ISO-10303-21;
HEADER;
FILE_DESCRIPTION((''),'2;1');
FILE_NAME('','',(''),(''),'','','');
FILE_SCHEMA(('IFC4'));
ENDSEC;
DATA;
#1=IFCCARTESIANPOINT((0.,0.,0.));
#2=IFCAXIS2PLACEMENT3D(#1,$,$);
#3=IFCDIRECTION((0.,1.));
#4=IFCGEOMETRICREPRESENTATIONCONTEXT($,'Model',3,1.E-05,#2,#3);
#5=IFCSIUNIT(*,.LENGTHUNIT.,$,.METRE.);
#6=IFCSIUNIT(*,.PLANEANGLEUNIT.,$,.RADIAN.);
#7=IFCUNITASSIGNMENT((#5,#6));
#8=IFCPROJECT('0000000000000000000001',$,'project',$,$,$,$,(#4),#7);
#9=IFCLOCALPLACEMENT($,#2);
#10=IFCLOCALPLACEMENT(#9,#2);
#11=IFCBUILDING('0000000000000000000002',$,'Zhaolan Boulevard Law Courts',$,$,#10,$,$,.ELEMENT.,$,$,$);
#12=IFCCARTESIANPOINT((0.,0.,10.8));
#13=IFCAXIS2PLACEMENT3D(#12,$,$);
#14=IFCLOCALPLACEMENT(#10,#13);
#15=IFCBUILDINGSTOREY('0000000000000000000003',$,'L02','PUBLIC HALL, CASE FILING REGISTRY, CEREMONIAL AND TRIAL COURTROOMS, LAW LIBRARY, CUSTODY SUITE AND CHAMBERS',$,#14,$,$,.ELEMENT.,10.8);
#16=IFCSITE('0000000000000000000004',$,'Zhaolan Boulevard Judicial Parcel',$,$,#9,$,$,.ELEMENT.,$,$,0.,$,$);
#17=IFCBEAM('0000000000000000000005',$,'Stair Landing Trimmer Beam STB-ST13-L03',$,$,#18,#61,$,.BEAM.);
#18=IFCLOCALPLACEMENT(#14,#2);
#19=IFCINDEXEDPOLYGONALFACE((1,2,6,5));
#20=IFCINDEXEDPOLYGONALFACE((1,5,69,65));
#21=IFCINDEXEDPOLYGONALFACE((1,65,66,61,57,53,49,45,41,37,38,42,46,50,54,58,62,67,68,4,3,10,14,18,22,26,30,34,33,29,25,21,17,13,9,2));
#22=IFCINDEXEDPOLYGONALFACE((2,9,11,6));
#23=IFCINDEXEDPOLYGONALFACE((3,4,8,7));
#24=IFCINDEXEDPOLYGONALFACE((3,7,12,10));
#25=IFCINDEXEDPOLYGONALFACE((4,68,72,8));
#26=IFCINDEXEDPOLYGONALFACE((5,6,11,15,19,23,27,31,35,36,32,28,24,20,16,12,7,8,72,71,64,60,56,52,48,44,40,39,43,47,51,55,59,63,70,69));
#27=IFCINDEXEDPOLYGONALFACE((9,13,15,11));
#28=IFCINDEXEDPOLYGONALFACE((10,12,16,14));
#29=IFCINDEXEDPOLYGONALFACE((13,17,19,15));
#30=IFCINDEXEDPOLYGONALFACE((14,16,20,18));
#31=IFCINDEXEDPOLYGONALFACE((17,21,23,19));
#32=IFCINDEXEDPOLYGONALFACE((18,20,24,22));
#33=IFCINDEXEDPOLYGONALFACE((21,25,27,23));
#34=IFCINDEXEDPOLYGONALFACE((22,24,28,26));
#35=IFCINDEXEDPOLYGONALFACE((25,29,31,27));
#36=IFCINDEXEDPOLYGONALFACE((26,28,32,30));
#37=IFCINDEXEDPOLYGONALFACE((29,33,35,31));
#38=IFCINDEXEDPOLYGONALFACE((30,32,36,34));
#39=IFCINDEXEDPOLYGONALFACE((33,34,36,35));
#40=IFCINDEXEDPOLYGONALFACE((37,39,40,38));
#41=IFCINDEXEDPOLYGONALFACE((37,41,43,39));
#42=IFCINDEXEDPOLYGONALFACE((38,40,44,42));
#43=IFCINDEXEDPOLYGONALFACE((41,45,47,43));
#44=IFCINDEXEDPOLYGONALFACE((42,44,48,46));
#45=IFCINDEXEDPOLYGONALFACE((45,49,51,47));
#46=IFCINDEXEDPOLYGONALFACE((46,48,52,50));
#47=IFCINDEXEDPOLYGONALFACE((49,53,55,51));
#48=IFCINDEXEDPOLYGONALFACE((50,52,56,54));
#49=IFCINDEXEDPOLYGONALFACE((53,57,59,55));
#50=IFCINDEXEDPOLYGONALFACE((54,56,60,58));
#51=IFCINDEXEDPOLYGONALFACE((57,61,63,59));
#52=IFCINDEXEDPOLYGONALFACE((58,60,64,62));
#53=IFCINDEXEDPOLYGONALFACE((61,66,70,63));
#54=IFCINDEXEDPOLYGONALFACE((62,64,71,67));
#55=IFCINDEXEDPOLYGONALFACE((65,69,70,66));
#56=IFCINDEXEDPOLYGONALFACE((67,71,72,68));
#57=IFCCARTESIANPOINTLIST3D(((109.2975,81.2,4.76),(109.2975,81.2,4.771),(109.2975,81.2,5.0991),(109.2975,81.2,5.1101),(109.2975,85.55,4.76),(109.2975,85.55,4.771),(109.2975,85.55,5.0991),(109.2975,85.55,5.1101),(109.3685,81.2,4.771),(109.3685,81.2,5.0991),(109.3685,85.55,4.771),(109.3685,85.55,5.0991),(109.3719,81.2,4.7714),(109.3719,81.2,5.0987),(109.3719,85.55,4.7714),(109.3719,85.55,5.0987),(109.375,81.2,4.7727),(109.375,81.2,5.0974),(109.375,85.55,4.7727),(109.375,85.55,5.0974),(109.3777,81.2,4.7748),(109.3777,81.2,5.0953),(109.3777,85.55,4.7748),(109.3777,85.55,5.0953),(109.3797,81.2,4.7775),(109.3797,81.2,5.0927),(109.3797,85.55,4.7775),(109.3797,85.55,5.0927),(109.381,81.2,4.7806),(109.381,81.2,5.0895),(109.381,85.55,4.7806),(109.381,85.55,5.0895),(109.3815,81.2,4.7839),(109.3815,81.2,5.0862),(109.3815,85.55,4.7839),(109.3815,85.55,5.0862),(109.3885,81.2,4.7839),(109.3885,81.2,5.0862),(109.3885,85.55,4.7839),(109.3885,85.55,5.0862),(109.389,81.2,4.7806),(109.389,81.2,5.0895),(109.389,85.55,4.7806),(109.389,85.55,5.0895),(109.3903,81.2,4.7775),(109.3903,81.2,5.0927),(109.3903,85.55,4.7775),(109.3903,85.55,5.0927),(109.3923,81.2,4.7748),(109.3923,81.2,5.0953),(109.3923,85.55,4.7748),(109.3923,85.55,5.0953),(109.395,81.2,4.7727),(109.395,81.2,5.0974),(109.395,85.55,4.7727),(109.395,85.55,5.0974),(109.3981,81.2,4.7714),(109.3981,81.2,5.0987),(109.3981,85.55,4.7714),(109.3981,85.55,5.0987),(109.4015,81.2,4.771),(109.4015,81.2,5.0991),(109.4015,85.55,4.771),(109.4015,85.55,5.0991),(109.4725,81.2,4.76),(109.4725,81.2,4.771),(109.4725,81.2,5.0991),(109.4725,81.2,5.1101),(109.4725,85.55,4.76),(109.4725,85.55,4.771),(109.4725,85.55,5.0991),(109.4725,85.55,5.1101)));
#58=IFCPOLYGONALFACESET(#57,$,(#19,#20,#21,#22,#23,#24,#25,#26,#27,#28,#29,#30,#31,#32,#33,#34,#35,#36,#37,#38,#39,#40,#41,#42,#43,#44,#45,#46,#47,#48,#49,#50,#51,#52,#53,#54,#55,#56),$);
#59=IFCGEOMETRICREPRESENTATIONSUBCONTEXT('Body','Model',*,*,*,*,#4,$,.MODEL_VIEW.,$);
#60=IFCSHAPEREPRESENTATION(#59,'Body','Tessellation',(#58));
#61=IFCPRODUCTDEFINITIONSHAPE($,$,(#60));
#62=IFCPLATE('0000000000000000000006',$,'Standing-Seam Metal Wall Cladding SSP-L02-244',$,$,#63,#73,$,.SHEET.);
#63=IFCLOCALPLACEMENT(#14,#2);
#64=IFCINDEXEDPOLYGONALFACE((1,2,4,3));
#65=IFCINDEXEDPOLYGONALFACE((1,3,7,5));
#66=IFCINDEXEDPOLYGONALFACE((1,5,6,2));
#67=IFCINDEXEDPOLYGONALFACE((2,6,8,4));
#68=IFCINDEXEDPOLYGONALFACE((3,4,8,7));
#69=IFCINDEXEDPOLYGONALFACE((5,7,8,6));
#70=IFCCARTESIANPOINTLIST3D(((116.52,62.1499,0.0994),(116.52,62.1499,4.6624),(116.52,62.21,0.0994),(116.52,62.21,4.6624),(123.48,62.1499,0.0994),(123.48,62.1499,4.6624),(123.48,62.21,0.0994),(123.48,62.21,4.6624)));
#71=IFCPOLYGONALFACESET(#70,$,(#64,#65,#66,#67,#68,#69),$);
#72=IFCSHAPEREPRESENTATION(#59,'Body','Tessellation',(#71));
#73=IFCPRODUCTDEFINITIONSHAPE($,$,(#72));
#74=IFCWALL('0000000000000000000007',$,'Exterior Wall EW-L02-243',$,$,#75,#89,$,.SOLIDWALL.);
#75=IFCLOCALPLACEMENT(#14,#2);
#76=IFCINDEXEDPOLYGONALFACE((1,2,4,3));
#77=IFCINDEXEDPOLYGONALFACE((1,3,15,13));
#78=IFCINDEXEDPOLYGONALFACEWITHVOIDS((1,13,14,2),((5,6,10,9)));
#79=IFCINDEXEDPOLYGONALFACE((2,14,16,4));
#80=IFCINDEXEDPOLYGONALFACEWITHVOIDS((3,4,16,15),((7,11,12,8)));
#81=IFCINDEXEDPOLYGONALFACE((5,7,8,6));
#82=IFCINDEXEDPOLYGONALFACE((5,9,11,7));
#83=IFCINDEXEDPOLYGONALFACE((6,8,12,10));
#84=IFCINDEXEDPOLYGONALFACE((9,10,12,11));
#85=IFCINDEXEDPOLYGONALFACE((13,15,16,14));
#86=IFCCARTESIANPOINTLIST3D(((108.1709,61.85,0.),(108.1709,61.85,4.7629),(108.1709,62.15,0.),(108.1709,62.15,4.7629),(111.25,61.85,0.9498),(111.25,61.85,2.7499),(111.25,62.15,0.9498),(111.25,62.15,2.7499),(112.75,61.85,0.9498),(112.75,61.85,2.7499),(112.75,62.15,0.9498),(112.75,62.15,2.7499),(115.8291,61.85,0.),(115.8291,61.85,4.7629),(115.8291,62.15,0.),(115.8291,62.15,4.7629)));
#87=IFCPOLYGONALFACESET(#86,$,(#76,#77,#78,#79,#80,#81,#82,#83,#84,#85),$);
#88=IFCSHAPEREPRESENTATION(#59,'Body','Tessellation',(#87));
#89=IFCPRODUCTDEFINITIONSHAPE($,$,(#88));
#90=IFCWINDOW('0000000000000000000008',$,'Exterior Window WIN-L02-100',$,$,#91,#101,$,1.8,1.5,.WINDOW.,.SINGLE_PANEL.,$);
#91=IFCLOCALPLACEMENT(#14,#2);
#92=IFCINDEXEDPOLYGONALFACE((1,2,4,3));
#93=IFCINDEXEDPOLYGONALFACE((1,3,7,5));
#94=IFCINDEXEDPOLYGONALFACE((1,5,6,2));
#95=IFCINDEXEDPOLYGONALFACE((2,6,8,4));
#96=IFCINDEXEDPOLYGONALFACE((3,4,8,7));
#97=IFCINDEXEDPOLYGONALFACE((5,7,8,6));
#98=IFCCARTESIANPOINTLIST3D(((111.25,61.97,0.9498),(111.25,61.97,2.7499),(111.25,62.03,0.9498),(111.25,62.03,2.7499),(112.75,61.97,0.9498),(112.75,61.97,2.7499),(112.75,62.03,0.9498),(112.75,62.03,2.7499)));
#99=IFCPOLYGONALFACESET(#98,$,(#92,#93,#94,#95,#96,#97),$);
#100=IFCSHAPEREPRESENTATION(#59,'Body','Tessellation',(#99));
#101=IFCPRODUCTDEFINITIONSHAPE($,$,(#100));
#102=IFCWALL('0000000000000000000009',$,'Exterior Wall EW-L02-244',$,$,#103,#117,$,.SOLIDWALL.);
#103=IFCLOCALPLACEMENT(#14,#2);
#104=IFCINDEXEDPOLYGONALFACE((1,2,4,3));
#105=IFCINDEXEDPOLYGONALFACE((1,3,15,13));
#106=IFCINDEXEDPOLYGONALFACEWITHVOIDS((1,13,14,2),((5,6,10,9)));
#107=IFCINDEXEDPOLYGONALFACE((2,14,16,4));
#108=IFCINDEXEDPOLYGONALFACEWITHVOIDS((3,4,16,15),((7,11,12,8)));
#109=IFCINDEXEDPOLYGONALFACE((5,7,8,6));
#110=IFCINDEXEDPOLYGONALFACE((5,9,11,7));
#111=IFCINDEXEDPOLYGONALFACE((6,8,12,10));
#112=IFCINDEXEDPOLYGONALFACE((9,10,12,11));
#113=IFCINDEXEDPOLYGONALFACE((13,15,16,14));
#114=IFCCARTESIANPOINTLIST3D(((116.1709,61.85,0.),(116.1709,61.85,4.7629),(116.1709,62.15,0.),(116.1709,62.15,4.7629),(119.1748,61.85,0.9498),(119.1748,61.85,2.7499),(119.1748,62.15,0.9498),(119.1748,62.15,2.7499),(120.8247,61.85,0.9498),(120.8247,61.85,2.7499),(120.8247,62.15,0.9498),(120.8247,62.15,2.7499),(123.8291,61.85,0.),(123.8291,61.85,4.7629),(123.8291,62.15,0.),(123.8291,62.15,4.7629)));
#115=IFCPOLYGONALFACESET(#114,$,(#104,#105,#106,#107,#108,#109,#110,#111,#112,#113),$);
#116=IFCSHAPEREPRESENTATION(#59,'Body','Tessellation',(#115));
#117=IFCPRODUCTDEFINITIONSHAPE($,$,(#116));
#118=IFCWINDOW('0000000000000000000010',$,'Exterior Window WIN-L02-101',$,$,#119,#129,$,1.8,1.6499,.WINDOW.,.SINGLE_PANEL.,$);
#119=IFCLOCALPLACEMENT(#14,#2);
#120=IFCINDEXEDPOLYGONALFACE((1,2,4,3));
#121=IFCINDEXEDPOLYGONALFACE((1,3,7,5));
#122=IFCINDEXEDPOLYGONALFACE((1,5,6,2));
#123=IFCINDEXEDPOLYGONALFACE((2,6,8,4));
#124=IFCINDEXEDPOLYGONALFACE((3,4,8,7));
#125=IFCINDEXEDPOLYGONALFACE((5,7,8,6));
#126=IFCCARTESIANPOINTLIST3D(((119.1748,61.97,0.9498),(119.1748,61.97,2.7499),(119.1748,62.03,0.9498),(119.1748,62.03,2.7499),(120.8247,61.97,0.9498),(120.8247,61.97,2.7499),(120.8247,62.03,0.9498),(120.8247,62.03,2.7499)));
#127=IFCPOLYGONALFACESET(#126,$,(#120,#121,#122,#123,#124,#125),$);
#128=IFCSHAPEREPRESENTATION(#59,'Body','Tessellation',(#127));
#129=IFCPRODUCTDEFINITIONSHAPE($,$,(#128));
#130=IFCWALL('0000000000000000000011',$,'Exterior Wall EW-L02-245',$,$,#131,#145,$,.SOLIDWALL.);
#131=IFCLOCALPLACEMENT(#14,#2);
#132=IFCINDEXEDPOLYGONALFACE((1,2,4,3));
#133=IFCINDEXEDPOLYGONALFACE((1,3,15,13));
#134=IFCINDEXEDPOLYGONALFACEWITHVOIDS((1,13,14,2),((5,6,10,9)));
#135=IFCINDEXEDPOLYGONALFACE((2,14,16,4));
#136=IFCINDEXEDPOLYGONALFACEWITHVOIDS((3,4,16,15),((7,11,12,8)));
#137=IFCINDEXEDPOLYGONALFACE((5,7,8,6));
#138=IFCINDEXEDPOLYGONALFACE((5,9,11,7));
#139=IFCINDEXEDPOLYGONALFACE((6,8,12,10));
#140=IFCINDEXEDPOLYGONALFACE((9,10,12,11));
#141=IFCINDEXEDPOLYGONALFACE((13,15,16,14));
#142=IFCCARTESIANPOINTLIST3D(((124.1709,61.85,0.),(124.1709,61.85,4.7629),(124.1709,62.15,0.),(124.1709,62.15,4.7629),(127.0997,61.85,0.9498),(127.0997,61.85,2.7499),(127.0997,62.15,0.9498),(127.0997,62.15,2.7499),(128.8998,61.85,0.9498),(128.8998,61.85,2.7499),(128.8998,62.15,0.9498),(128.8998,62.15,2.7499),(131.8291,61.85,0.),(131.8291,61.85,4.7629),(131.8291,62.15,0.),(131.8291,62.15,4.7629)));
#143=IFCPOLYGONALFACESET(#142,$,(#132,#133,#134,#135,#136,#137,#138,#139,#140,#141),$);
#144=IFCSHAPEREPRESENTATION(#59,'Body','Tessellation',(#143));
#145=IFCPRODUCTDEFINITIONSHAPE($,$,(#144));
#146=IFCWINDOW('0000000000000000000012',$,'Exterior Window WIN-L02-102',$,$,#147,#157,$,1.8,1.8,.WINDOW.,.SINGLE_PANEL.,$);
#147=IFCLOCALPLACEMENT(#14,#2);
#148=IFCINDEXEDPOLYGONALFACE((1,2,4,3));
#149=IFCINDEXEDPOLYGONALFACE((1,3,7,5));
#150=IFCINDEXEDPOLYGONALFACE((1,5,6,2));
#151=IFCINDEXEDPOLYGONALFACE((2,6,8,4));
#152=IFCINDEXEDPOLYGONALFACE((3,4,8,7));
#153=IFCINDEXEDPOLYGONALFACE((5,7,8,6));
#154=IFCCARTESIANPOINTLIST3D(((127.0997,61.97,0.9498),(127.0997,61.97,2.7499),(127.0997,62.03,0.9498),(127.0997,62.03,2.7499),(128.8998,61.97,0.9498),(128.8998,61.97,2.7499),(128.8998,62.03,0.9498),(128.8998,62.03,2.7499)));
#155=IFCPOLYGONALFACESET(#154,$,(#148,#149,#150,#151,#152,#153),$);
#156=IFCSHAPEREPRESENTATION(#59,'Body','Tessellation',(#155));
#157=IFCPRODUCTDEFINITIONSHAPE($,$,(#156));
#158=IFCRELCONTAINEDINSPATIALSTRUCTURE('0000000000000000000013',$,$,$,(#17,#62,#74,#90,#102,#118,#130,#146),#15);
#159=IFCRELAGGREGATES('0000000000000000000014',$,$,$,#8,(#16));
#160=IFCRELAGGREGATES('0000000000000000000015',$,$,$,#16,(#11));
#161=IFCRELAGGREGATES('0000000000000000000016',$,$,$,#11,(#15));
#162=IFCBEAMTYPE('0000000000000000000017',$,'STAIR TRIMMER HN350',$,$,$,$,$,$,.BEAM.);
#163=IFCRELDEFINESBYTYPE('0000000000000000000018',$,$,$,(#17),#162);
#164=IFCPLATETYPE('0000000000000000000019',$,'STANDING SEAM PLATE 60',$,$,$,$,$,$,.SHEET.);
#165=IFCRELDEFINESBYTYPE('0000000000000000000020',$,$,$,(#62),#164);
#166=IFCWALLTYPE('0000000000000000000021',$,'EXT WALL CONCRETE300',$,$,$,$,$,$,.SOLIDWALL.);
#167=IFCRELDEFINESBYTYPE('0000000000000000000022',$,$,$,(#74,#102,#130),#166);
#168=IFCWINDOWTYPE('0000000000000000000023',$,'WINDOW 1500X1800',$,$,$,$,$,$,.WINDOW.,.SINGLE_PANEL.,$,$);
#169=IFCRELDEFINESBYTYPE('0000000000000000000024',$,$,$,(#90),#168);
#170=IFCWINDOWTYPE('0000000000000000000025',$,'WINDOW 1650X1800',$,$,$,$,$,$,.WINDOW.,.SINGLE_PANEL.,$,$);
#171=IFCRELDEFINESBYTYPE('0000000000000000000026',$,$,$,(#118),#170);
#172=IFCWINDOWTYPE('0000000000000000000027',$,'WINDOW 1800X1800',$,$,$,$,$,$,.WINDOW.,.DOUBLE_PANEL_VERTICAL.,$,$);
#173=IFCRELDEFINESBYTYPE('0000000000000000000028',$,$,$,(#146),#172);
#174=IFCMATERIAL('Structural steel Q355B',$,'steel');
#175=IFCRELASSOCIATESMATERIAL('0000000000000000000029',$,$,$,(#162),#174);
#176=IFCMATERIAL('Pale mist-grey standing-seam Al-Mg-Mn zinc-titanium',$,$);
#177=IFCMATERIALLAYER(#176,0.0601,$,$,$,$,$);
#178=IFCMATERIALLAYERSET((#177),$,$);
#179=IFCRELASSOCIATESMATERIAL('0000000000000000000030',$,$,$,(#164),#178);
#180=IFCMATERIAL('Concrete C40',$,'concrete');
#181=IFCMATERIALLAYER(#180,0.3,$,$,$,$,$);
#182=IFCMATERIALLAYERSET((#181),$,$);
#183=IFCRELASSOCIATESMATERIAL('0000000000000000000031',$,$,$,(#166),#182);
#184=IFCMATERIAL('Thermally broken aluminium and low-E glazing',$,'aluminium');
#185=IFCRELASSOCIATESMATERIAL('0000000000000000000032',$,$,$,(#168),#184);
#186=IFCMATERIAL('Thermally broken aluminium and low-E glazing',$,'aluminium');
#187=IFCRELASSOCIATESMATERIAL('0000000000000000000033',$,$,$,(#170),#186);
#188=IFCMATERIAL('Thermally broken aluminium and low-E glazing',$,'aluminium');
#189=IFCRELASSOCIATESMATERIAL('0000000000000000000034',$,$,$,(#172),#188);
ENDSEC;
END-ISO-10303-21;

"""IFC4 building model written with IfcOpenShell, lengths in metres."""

from ifc_helpers import new_model, si_unit, direction, frame, frame_2d, origin, origin_2d, place, context, subcontext, project, spatial, rectangle, i_section, extrude, material, layer, layer_set, material_profile, profile_set, type_object, element, fill, save


model = new_model("IFC4")

# Units and contexts
model_context = context("Model", 3, precision=1e-05, world=origin(), true_north=direction((0.0, 1.0)))
body_context = subcontext(model_context, "Body", "Model", "MODEL_VIEW")
ifc_project = project(units=[si_unit("LENGTHUNIT", "METRE"), si_unit("PLANEANGLEUNIT", "RADIAN")], contexts=[model_context])

# Site, building, storey
site_placement = place(None, origin())
site = spatial("IfcSite", under=ifc_project, at=site_placement, Name="Zhaolan Boulevard Judicial Parcel", CompositionType="ELEMENT", RefElevation=0.0)
building_placement = place(site_placement, origin())
building = spatial("IfcBuilding", under=site, at=building_placement, Name="Zhaolan Boulevard Law Courts", CompositionType="ELEMENT")
storey_placement = place(building_placement, frame((0.0, 0.0, 10.8)))
storey = spatial("IfcBuildingStorey", under=building, at=storey_placement, Name="L02", Description="PUBLIC HALL, CASE FILING REGISTRY, CEREMONIAL AND TRIAL COURTROOMS, LAW LIBRARY, CUSTODY SUITE AND CHAMBERS", CompositionType="ELEMENT", Elevation=10.8)

# Beam
ifc_material_1 = material(Name="Structural steel Q355B", Category="steel")
ifc_material_profile_1 = material_profile(ifc_material_1, i_section(OverallWidth=0.175, OverallDepth=0.3501, WebThickness=0.0071, FlangeThickness=0.011, FilletRadius=0.0129, at=origin_2d()), Name="HN350x175")
ifc_profile_set_1 = profile_set([ifc_material_profile_1], Name="Structural steel Q355B")
beam_type_1 = type_object("IfcBeamType", Name="STAIR TRIMMER HN350", PredefinedType="BEAM", material=ifc_profile_set_1)
beam_1_placement = place(storey_placement, frame((109.385, 81.2, 4.9351), z_axis=(0.0, 1.0, 0.0), x_axis=(-1.0, 0.0, 0.0)))
element("IfcBeam", 1, at=beam_1_placement, inside=storey, type_object=beam_type_1, Name="Stair Landing Trimmer Beam STB-ST13-L03", PredefinedType="BEAM", context=body_context, shape_type="SweptSolid", body=[
    extrude(i_section(OverallWidth=0.175, OverallDepth=0.3501, WebThickness=0.0071, FlangeThickness=0.011, FilletRadius=0.0129, at=origin_2d()), origin(), (0.0, 0.0, 1.0), 4.3501),
])

# Plate
ifc_material_2 = material(Name="Pale mist-grey standing-seam Al-Mg-Mn zinc-titanium")
ifc_layer_1 = layer(ifc_material_2, 0.0601)
ifc_layer_set_1 = layer_set([ifc_layer_1])
plate_type = type_object("IfcPlateType", Name="STANDING SEAM PLATE 60", PredefinedType="SHEET", material=ifc_layer_set_1)
plate_placement = place(storey_placement, frame((120.0, 62.1799, 0.0994), z_axis=(0.0, 0.0, 1.0), x_axis=(1.0, 0.0, 0.0)))
element("IfcPlate", 2, at=plate_placement, inside=storey, type_object=plate_type, Name="Standing-Seam Metal Wall Cladding SSP-L02-244", PredefinedType="SHEET", context=body_context, shape_type="SweptSolid", body=[
    extrude(rectangle(XDim=6.96, YDim=0.0601, at=origin_2d()), origin(), (0.0, 0.0, 1.0), 4.563),
])

# Walls, openings, windows
ifc_material_3 = material(Name="Concrete C40", Category="concrete")
ifc_layer_2 = layer(ifc_material_3, 0.3)
ifc_layer_set_2 = layer_set([ifc_layer_2])
wall_type_1 = type_object("IfcWallType", Name="EXT WALL CONCRETE300", PredefinedType="SOLIDWALL", material=ifc_layer_set_2)
wall_1_placement = place(storey_placement, frame((108.1709, 62.0, 0.0), z_axis=(0.0, 0.0, 1.0), x_axis=(1.0, 0.0, 0.0)))
wall_1 = element("IfcWall", 3, at=wall_1_placement, inside=storey, type_object=wall_type_1, Name="Exterior Wall EW-L02-243", PredefinedType="SOLIDWALL", context=body_context, shape_type="SweptSolid", body=[
    extrude(rectangle(XDim=7.6582, YDim=0.3, at=frame_2d((3.8291, 0.0))), origin(), (0.0, 0.0, 1.0), 4.7629),
])
opening_1_placement = place(wall_1_placement, frame((3.0791, 0.0, 0.95)))
opening_1 = element("IfcOpeningElement", 4, at=opening_1_placement, cuts=wall_1, PredefinedType="OPENING", context=body_context, shape_type="SweptSolid", body=[
    extrude(rectangle(XDim=1.5, YDim=1.8, at=frame_2d((0.75, 0.8999))), frame((0.0, 0.1599, 0.0), z_axis=(0.0, -1.0, 0.0), x_axis=(1.0, 0.0, 0.0)), (0.0, 0.0, 1.0), 0.3201),
])
ifc_material_4 = material(Name="Thermally broken aluminium and low-E glazing", Category="aluminium")
window_type_1 = type_object("IfcWindowType", Name="WINDOW 1500X1800", PartitioningType="SINGLE_PANEL", PredefinedType="WINDOW", material=ifc_material_4)
window_1_placement = place(opening_1_placement, origin())
window_1 = element("IfcWindow", 5, at=window_1_placement, inside=storey, type_object=window_type_1, Name="Exterior Window WIN-L02-100", OverallHeight=1.8, OverallWidth=1.5, PartitioningType="SINGLE_PANEL", PredefinedType="WINDOW", context=body_context, shape_type="SweptSolid", body=[
    extrude(rectangle(XDim=1.5, YDim=1.8, at=frame_2d((0.75, 0.8999))), frame((0.0, 0.03, 0.0), z_axis=(0.0, -1.0, 0.0), x_axis=(1.0, 0.0, 0.0)), (0.0, 0.0, 1.0), 0.0601),
])
fill(opening_1, window_1)
wall_2_placement = place(storey_placement, frame((116.1709, 62.0, 0.0), z_axis=(0.0, 0.0, 1.0), x_axis=(1.0, 0.0, 0.0)))
wall_2 = element("IfcWall", 6, at=wall_2_placement, inside=storey, type_object=wall_type_1, Name="Exterior Wall EW-L02-244", PredefinedType="SOLIDWALL", context=body_context, shape_type="SweptSolid", body=[
    extrude(rectangle(XDim=7.6582, YDim=0.3, at=frame_2d((3.8291, 0.0))), origin(), (0.0, 0.0, 1.0), 4.7629),
])
opening_2_placement = place(wall_2_placement, frame((3.0039, 0.0, 0.95)))
opening_2 = element("IfcOpeningElement", 7, at=opening_2_placement, cuts=wall_2, PredefinedType="OPENING", context=body_context, shape_type="SweptSolid", body=[
    extrude(rectangle(XDim=1.6499, YDim=1.8, at=frame_2d((0.825, 0.8999))), frame((0.0, 0.1599, 0.0), z_axis=(0.0, -1.0, 0.0), x_axis=(1.0, 0.0, 0.0)), (0.0, 0.0, 1.0), 0.3201),
])
ifc_material_5 = material(Name="Thermally broken aluminium and low-E glazing", Category="aluminium")
window_type_2 = type_object("IfcWindowType", Name="WINDOW 1650X1800", PartitioningType="SINGLE_PANEL", PredefinedType="WINDOW", material=ifc_material_5)
window_2_placement = place(opening_2_placement, origin())
window_2 = element("IfcWindow", 8, at=window_2_placement, inside=storey, type_object=window_type_2, Name="Exterior Window WIN-L02-101", OverallHeight=1.8, OverallWidth=1.6499, PartitioningType="SINGLE_PANEL", PredefinedType="WINDOW", context=body_context, shape_type="SweptSolid", body=[
    extrude(rectangle(XDim=1.6499, YDim=1.8, at=frame_2d((0.825, 0.8999))), frame((0.0, 0.03, 0.0), z_axis=(0.0, -1.0, 0.0), x_axis=(1.0, 0.0, 0.0)), (0.0, 0.0, 1.0), 0.0601),
])
fill(opening_2, window_2)
wall_3_placement = place(storey_placement, frame((124.1709, 62.0, 0.0), z_axis=(0.0, 0.0, 1.0), x_axis=(1.0, 0.0, 0.0)))
wall_3 = element("IfcWall", 9, at=wall_3_placement, inside=storey, type_object=wall_type_1, Name="Exterior Wall EW-L02-245", PredefinedType="SOLIDWALL", context=body_context, shape_type="SweptSolid", body=[
    extrude(rectangle(XDim=7.6582, YDim=0.3, at=frame_2d((3.8291, 0.0))), origin(), (0.0, 0.0, 1.0), 4.7629),
])
opening_3_placement = place(wall_3_placement, frame((2.929, 0.0, 0.95)))
opening_3 = element("IfcOpeningElement", 10, at=opening_3_placement, cuts=wall_3, PredefinedType="OPENING", context=body_context, shape_type="SweptSolid", body=[
    extrude(rectangle(XDim=1.8, YDim=1.8, at=frame_2d((0.8999, 0.8999))), frame((0.0, 0.1599, 0.0), z_axis=(0.0, -1.0, 0.0), x_axis=(1.0, 0.0, 0.0)), (0.0, 0.0, 1.0), 0.3201),
])
ifc_material_6 = material(Name="Thermally broken aluminium and low-E glazing", Category="aluminium")
window_type_3 = type_object("IfcWindowType", Name="WINDOW 1800X1800", PartitioningType="DOUBLE_PANEL_VERTICAL", PredefinedType="WINDOW", material=ifc_material_6)
window_3_placement = place(opening_3_placement, origin())
window_3 = element("IfcWindow", 11, at=window_3_placement, inside=storey, type_object=window_type_3, Name="Exterior Window WIN-L02-102", OverallHeight=1.8, OverallWidth=1.8, PartitioningType="SINGLE_PANEL", PredefinedType="WINDOW", context=body_context, shape_type="SweptSolid", body=[
    extrude(rectangle(XDim=1.8, YDim=1.8, at=frame_2d((0.8999, 0.8999))), frame((0.0, 0.03, 0.0), z_axis=(0.0, -1.0, 0.0), x_axis=(1.0, 0.0, 0.0)), (0.0, 0.0, 1.0), 0.0601),
])
fill(opening_3, window_3)

save(model, "model.ifc")
